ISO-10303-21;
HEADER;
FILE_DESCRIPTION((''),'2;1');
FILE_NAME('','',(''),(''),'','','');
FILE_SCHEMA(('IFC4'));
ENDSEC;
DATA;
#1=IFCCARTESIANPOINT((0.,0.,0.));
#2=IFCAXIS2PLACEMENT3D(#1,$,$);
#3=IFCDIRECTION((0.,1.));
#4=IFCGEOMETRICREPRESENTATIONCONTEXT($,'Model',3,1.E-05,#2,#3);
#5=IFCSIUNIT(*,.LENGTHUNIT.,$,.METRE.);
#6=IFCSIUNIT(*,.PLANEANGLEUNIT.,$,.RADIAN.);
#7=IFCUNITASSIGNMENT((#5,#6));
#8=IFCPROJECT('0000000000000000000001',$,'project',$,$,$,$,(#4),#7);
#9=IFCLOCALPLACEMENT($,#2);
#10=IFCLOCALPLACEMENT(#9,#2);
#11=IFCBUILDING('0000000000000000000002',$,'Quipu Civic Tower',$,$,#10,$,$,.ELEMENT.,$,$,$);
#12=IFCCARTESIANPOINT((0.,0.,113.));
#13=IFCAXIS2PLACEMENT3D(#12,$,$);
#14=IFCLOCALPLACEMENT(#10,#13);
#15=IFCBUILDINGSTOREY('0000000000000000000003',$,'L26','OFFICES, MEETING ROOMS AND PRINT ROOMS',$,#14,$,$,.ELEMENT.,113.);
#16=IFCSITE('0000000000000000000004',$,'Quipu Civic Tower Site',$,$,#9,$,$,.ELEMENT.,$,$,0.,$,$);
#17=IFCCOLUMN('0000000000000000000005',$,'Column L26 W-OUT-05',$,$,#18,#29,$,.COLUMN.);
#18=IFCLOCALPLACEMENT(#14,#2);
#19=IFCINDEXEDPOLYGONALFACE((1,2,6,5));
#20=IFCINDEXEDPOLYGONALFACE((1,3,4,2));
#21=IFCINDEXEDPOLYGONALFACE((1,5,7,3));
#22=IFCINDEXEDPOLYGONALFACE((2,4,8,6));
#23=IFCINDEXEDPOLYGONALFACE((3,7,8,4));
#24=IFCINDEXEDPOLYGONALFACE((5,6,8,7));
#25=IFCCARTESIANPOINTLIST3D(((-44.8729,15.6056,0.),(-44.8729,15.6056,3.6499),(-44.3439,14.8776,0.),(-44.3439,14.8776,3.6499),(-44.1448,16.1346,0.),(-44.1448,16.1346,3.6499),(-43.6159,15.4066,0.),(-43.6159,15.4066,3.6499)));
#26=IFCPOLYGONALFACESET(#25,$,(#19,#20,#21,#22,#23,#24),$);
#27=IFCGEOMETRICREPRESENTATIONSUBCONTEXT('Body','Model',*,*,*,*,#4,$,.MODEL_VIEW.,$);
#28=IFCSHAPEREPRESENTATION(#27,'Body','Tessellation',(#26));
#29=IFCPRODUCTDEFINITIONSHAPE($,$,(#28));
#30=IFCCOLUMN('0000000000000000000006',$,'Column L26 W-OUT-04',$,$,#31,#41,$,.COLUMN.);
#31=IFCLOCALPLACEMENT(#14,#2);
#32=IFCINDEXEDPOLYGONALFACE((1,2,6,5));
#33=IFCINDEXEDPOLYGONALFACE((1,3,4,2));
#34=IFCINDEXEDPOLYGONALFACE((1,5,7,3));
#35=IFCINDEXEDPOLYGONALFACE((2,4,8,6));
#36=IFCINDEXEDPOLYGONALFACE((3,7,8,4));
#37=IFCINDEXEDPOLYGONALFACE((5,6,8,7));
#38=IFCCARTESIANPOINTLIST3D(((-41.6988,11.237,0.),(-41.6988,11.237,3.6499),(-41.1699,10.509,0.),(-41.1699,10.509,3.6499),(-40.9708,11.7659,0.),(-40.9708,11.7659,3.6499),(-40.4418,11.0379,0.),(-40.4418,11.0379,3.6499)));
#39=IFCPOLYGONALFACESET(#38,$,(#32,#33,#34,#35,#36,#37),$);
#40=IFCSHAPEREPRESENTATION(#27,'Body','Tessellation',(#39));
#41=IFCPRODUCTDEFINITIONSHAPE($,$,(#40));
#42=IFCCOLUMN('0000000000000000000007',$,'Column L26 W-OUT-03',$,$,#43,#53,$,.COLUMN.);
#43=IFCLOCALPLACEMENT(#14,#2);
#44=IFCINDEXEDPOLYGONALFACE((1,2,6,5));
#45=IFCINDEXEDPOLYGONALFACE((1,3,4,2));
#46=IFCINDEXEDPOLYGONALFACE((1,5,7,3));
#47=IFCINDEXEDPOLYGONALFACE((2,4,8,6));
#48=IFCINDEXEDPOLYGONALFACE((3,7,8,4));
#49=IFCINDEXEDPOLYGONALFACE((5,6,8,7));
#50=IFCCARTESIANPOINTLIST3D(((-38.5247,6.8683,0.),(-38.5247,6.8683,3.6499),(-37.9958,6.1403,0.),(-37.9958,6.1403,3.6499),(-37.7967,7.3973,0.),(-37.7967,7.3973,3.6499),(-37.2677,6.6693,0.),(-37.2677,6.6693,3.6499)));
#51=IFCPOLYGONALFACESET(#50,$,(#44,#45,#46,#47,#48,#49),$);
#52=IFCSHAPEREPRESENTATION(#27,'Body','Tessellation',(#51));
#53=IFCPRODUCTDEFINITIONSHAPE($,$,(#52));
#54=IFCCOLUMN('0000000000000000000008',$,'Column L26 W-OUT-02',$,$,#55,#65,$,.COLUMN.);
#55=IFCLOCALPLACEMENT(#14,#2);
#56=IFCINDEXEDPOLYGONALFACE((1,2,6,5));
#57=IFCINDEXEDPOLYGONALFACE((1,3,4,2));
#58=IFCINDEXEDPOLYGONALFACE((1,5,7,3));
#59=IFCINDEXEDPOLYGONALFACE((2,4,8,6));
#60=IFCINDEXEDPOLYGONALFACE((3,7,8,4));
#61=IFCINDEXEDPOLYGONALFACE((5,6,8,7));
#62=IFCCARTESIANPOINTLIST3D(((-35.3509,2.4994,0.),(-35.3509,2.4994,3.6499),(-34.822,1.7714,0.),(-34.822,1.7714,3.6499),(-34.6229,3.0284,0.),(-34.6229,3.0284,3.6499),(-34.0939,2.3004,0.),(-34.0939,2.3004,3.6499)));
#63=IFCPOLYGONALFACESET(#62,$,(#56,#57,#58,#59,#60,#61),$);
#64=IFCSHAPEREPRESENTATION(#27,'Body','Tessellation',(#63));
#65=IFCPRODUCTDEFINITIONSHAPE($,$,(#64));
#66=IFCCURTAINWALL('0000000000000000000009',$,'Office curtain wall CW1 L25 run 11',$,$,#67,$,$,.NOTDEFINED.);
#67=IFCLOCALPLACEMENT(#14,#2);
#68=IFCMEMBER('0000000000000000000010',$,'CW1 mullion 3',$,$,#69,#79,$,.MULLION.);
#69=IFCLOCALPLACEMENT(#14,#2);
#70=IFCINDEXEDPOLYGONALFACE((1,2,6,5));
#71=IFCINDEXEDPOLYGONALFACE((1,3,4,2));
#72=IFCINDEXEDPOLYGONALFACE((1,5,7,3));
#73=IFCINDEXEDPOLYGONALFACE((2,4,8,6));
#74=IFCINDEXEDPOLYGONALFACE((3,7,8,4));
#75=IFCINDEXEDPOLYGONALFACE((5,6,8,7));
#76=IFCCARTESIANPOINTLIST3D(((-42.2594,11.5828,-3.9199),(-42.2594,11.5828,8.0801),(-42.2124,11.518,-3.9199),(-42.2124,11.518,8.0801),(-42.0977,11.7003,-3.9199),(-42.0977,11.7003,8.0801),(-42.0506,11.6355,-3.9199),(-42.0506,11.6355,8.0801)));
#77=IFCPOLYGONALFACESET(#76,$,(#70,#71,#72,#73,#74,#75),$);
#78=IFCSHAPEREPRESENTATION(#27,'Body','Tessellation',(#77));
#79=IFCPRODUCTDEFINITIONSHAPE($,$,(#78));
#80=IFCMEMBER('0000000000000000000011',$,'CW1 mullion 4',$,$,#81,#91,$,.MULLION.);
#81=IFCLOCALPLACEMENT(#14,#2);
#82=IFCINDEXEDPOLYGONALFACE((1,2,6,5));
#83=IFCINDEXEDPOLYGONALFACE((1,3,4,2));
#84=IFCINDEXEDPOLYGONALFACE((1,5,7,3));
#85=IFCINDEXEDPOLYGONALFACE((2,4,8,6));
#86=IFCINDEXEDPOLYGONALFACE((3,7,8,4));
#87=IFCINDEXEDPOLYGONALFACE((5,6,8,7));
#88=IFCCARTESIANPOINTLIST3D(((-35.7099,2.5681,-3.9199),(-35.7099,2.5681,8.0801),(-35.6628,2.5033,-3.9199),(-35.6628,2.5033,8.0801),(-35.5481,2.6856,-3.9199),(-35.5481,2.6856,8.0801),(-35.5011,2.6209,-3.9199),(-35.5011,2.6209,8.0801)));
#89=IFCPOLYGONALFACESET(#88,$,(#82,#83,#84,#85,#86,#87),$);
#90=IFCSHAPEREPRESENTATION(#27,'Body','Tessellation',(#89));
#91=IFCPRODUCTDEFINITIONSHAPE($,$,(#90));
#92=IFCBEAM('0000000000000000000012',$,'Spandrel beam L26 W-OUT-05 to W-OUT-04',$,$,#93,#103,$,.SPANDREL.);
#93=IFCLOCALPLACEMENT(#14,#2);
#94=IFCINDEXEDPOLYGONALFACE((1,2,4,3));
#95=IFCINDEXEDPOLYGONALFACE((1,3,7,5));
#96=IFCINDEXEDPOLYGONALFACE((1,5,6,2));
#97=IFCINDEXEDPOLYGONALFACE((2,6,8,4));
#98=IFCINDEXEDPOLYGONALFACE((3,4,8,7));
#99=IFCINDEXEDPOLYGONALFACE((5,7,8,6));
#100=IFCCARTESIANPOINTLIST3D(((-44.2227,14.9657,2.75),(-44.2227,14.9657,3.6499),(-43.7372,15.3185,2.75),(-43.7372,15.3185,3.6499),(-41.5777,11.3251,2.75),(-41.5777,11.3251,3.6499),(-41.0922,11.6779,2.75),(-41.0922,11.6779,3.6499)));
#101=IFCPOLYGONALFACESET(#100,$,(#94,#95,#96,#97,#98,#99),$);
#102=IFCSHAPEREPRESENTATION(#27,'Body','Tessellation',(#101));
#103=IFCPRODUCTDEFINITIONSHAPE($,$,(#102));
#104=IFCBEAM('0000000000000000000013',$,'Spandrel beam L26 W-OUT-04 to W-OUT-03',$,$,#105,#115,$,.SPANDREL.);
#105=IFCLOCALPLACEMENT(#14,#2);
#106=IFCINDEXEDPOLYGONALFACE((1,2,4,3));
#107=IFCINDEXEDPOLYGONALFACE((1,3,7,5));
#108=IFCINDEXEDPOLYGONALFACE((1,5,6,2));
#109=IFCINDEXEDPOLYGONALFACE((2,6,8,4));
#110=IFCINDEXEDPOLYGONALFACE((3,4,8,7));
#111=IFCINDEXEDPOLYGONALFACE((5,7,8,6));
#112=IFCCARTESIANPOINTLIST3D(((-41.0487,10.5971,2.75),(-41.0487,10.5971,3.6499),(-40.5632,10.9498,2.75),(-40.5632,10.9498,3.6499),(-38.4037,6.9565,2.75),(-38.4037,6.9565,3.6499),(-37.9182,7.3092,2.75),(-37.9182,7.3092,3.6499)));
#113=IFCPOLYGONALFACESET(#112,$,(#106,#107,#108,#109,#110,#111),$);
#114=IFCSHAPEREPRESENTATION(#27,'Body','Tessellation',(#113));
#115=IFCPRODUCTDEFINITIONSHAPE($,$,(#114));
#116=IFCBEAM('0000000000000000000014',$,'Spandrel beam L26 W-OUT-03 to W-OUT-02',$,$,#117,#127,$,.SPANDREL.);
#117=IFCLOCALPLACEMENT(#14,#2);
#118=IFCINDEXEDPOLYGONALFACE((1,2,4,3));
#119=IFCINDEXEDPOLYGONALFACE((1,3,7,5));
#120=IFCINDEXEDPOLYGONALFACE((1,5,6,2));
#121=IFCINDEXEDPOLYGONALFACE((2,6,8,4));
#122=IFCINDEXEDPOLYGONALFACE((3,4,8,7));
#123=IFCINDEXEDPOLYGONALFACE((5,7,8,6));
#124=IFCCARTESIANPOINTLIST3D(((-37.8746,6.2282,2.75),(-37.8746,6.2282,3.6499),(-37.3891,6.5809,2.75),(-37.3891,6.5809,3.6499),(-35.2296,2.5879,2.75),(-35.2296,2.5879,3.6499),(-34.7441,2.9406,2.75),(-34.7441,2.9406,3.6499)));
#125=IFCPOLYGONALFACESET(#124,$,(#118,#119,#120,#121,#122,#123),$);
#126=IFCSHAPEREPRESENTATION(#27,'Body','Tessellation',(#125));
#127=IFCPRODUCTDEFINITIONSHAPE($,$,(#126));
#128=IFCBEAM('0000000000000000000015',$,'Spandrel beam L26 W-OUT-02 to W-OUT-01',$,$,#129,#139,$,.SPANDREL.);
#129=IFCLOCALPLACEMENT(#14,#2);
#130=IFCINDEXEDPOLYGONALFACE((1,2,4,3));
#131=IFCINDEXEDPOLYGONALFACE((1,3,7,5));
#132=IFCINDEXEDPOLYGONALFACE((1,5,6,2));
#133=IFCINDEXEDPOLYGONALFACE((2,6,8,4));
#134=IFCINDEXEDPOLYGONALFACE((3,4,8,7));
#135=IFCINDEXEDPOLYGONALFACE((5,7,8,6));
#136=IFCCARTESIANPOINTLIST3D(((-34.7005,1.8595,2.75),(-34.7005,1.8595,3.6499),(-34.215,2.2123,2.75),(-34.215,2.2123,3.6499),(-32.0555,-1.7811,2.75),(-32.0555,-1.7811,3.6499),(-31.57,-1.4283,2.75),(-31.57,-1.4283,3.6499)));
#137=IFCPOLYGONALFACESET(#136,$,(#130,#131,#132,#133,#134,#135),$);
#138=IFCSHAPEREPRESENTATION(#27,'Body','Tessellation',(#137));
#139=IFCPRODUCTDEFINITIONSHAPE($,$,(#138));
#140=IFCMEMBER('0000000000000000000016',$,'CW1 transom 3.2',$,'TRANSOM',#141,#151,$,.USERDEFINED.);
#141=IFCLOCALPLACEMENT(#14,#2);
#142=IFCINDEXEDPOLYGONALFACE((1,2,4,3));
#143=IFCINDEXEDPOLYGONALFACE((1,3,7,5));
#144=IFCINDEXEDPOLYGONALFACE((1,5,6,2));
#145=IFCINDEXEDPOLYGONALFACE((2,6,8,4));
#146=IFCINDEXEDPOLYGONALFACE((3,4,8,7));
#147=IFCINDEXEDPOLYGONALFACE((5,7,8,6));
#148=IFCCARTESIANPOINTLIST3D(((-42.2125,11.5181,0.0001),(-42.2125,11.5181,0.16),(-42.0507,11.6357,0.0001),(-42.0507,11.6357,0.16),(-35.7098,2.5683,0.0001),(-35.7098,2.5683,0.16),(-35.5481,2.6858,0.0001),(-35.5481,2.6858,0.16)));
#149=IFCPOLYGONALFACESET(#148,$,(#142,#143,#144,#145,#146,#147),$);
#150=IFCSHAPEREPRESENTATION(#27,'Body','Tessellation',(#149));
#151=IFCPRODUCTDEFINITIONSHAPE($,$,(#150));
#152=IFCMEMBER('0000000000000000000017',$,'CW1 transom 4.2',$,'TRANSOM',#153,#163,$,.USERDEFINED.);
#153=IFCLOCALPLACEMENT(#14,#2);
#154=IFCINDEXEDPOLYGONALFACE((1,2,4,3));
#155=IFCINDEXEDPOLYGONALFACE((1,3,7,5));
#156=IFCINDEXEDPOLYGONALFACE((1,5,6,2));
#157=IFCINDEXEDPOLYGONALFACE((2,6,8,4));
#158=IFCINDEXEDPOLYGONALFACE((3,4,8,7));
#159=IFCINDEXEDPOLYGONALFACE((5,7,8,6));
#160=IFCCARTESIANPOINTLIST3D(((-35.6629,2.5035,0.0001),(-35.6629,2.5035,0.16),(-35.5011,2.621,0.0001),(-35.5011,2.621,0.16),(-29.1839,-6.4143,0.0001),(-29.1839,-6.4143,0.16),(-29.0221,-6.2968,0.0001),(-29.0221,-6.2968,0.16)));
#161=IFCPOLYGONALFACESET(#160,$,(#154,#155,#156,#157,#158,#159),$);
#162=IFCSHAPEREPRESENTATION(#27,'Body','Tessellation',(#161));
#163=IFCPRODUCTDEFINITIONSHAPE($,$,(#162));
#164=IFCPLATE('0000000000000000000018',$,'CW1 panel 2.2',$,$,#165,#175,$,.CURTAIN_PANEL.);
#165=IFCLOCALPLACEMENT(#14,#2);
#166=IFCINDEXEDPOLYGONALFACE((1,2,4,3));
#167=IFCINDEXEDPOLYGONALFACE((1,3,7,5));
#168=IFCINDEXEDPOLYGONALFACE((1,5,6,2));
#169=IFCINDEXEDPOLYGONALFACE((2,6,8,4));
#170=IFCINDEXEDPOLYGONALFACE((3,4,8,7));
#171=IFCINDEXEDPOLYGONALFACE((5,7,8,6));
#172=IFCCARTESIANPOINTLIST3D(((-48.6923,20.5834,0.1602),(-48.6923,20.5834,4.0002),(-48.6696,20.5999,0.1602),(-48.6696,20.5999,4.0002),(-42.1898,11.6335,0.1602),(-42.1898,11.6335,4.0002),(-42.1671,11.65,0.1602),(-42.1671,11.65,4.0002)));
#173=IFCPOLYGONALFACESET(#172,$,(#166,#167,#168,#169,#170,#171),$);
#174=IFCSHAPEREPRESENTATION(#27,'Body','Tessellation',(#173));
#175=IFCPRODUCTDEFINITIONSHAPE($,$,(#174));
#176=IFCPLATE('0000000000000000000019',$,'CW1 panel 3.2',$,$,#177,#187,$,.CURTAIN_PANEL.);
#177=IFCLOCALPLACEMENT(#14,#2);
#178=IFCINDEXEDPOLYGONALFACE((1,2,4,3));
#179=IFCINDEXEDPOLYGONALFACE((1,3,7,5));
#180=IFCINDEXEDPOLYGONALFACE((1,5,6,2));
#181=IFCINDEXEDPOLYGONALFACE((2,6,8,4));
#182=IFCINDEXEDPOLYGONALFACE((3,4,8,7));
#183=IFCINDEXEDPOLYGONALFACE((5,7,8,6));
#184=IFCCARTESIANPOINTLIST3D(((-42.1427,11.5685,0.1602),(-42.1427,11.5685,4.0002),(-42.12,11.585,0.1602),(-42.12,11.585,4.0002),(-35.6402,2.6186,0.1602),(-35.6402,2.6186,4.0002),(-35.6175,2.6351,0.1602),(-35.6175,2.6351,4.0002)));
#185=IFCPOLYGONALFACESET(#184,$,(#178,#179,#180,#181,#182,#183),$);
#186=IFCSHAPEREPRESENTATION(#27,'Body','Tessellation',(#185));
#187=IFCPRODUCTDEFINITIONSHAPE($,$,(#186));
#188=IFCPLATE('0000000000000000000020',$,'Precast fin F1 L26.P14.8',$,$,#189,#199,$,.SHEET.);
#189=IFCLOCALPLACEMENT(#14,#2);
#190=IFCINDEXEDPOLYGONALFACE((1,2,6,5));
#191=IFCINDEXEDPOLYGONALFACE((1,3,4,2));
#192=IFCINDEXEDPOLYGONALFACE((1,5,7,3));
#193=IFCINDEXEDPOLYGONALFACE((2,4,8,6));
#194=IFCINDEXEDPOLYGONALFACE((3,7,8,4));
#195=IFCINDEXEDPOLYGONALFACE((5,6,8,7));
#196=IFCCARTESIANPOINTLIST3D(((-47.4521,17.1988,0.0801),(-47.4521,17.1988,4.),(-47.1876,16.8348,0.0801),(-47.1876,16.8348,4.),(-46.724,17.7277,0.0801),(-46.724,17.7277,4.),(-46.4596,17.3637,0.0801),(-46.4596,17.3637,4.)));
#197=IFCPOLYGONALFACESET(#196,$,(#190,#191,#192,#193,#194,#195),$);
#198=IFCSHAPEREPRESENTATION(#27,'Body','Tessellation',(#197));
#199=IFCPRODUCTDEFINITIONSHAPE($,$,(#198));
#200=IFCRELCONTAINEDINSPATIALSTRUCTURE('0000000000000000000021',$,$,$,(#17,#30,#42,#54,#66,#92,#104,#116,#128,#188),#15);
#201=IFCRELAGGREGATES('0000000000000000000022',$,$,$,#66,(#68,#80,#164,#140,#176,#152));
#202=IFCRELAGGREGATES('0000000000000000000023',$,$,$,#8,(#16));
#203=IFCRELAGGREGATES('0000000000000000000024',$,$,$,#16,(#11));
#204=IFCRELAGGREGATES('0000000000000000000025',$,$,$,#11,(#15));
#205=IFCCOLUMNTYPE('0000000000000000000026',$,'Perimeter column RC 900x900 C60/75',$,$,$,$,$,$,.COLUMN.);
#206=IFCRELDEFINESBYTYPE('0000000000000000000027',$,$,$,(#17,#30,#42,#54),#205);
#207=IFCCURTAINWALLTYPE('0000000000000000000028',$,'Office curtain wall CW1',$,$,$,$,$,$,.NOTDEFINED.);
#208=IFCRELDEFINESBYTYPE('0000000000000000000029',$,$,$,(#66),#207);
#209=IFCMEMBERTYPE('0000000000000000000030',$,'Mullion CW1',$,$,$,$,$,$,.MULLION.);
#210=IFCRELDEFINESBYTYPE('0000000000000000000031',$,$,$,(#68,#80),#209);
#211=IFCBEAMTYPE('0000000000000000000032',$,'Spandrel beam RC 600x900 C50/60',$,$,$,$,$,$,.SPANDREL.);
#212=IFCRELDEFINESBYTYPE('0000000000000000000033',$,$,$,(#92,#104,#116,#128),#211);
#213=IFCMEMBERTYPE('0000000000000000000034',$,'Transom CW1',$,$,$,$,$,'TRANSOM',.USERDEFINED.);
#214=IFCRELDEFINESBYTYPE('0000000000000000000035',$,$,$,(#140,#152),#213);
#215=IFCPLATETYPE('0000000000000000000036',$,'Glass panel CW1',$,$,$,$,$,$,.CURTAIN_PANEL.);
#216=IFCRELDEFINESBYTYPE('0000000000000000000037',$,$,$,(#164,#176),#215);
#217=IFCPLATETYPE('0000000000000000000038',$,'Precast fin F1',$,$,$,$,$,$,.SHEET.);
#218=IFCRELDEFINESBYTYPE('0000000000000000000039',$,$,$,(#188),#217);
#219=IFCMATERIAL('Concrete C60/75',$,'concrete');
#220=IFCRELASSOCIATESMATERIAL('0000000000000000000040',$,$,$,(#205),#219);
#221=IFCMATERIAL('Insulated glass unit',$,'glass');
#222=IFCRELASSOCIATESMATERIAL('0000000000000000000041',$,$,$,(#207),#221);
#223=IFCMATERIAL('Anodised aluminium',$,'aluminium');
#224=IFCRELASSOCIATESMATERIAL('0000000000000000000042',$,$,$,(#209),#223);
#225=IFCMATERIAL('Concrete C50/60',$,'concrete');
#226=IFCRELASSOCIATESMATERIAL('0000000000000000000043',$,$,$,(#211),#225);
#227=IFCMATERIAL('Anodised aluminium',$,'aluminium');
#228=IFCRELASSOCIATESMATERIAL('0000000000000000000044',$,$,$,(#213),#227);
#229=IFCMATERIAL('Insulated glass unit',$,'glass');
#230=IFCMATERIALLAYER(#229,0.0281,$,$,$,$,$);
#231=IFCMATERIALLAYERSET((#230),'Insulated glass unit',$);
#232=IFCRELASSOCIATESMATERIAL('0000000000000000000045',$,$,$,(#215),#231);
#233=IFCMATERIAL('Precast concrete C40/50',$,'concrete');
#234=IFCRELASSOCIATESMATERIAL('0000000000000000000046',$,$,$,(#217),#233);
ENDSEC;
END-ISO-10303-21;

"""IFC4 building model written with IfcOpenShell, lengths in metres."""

from ifc_helpers import new_model, si_unit, direction, frame, origin, origin_2d, place, context, subcontext, project, spatial, rectangle, extrude, material, layer, layer_set, material_profile, profile_set, type_object, element, aggregate, save


model = new_model("IFC4")

# Units and contexts
model_context = context("Model", 3, precision=1e-05, world=origin(), true_north=direction((0.0, 1.0)))
body_context = subcontext(model_context, "Body", "Model", "MODEL_VIEW")
ifc_project = project(units=[si_unit("LENGTHUNIT", "METRE"), si_unit("PLANEANGLEUNIT", "RADIAN")], contexts=[model_context])

# Site, building, storey
site_placement = place(None, origin())
site = spatial("IfcSite", under=ifc_project, at=site_placement, Name="Quipu Civic Tower Site", CompositionType="ELEMENT", RefElevation=0.0)
building_placement = place(site_placement, origin())
building = spatial("IfcBuilding", under=site, at=building_placement, Name="Quipu Civic Tower", CompositionType="ELEMENT")
storey_placement = place(building_placement, frame((0.0, 0.0, 113.0)))
storey = spatial("IfcBuildingStorey", under=building, at=storey_placement, Name="L26", Description="OFFICES, MEETING ROOMS AND PRINT ROOMS", CompositionType="ELEMENT", Elevation=113.0)

# Columns
ifc_material_1 = material(Name="Concrete C60/75", Category="concrete")
ifc_material_profile_1 = material_profile(ifc_material_1, rectangle(XDim=0.8999, YDim=0.8999, at=origin_2d()), Name="RC900x900")
ifc_profile_set_1 = profile_set([ifc_material_profile_1], Name="Concrete C60/75")
column_type = type_object("IfcColumnType", Name="Perimeter column RC 900x900 C60/75", PredefinedType="COLUMN", material=ifc_profile_set_1)
for number, where, z_axis, x_axis, name in (
    (1, (-44.2444, 15.5061, 0.0), (0.0, 0.0, 1.0), (0.587785, -0.809017, 0.0), "Column L26 W-OUT-05"),
    (2, (-41.0703, 11.1375, 0.0), (0.0, 0.0, 1.0), (0.587785, -0.809017, 0.0), "Column L26 W-OUT-04"),
    (3, (-37.8962, 6.7688, 0.0), (0.0, 0.0, 1.0), (0.587785, -0.809017, 0.0), "Column L26 W-OUT-03"),
    (4, (-34.7224, 2.3999, 0.0), (0.0, 0.0, 1.0), (0.587785, -0.809017, 0.0), "Column L26 W-OUT-02"),
):
    element("IfcColumn", number, at=place(storey_placement, frame(where, z_axis=z_axis, x_axis=x_axis)), inside=storey, type_object=column_type, Name=name, PredefinedType="COLUMN", context=body_context, shape_type="SweptSolid", body=[
        extrude(rectangle(XDim=0.8999, YDim=0.8999, at=origin_2d()), origin(), (0.0, 0.0, 1.0), 3.6499),
    ])

# Curtain wall, members
ifc_material_2 = material(Name="Insulated glass unit", Category="glass")
curtain_wall_type = type_object("IfcCurtainWallType", Name="Office curtain wall CW1", PredefinedType="NOTDEFINED", material=ifc_material_2)
curtain_wall_placement = place(storey_placement, origin())
curtain_wall = element("IfcCurtainWall", 5, at=curtain_wall_placement, inside=storey, type_object=curtain_wall_type, Name="Office curtain wall CW1 L25 run 11", PredefinedType="NOTDEFINED")
ifc_material_3 = material(Name="Anodised aluminium", Category="aluminium")
ifc_material_profile_2 = material_profile(ifc_material_3, rectangle(XDim=0.2, YDim=0.0801, at=origin_2d()), Name="RECT 200x80")
ifc_profile_set_2 = profile_set([ifc_material_profile_2], Name="Anodised aluminium")
member_type_1 = type_object("IfcMemberType", Name="Mullion CW1", PredefinedType="MULLION", material=ifc_profile_set_2)
member_1_placement = place(storey_placement, frame((-42.155, 11.6091, -3.9199), z_axis=(0.0, 0.0, 1.0), x_axis=(0.809017, 0.587786, 0.0)))
member_1 = element("IfcMember", 6, at=member_1_placement, type_object=member_type_1, Name="CW1 mullion 3", PredefinedType="MULLION", context=body_context, shape_type="SweptSolid", body=[
    extrude(rectangle(XDim=0.2, YDim=0.0801, at=origin_2d()), origin(), (0.0, 0.0, 1.0), 12.0),
])
member_2_placement = place(storey_placement, frame((-35.6055, 2.5945, -3.9199), z_axis=(0.0, 0.0, 1.0), x_axis=(0.809017, 0.587786, 0.0)))
member_2 = element("IfcMember", 7, at=member_2_placement, type_object=member_type_1, Name="CW1 mullion 4", PredefinedType="MULLION", context=body_context, shape_type="SweptSolid", body=[
    extrude(rectangle(XDim=0.2, YDim=0.0801, at=origin_2d()), origin(), (0.0, 0.0, 1.0), 12.0),
])

# Beams
ifc_material_4 = material(Name="Concrete C50/60", Category="concrete")
ifc_material_profile_3 = material_profile(ifc_material_4, rectangle(XDim=0.6001, YDim=0.8999, at=origin_2d()), Name="RC600x900")
ifc_profile_set_3 = profile_set([ifc_material_profile_3], Name="Concrete C50/60")
beam_type = type_object("IfcBeamType", Name="Spandrel beam RC 600x900 C50/60", PredefinedType="SPANDREL", material=ifc_profile_set_3)
for number, where, z_axis, x_axis, name in (
    (8, (-43.98, 15.1421, 3.2), (0.587778, -0.809022, 0.0), (0.809022, 0.587778, 0.0), "Spandrel beam L26 W-OUT-05 to W-OUT-04"),
    (9, (-40.8059, 10.7734, 3.2), (0.587778, -0.809022, 0.0), (0.809022, 0.587778, 0.0), "Spandrel beam L26 W-OUT-04 to W-OUT-03"),
):
    element("IfcBeam", number, at=place(storey_placement, frame(where, z_axis=z_axis, x_axis=x_axis)), inside=storey, type_object=beam_type, Name=name, PredefinedType="SPANDREL", context=body_context, shape_type="SweptSolid", body=[
        extrude(rectangle(XDim=0.6001, YDim=0.8999, at=origin_2d()), origin(), (0.0, 0.0, 1.0), 4.5),
    ])
beam_1_placement = place(storey_placement, frame((-37.6318, 6.4045, 3.2), z_axis=(0.587804, -0.809003, 0.0), x_axis=(0.809003, 0.587804, 0.0)))
element("IfcBeam", 10, at=beam_1_placement, inside=storey, type_object=beam_type, Name="Spandrel beam L26 W-OUT-03 to W-OUT-02", PredefinedType="SPANDREL", context=body_context, shape_type="SweptSolid", body=[
    extrude(rectangle(XDim=0.6001, YDim=0.8999, at=origin_2d()), origin(), (0.0, 0.0, 1.0), 4.4998),
])
beam_2_placement = place(storey_placement, frame((-34.4578, 2.0359, 3.2), z_axis=(0.587778, -0.809022, 0.0), x_axis=(0.809022, 0.587778, 0.0)))
element("IfcBeam", 11, at=beam_2_placement, inside=storey, type_object=beam_type, Name="Spandrel beam L26 W-OUT-02 to W-OUT-01", PredefinedType="SPANDREL", context=body_context, shape_type="SweptSolid", body=[
    extrude(rectangle(XDim=0.6001, YDim=0.8999, at=origin_2d()), origin(), (0.0, 0.0, 1.0), 4.5),
])

# Members
ifc_material_5 = material(Name="Anodised aluminium", Category="aluminium")
ifc_material_profile_4 = material_profile(ifc_material_5, rectangle(XDim=0.2, YDim=0.1599, at=origin_2d()), Name="RECT 200x160")
ifc_profile_set_4 = profile_set([ifc_material_profile_4], Name="Anodised aluminium")
member_type_2 = type_object("IfcMemberType", Name="Transom CW1", ElementType="TRANSOM", PredefinedType="USERDEFINED", material=ifc_profile_set_4)
member_3_placement = place(storey_placement, frame((-42.1316, 11.5769, 0.0801), z_axis=(0.587795, -0.80901, 0.0), x_axis=(0.80901, 0.587795, 0.0)))
member_3 = element("IfcMember", 12, at=member_3_placement, type_object=member_type_2, Name="CW1 transom 3.2", ObjectType="TRANSOM", PredefinedType="USERDEFINED", context=body_context, shape_type="SweptSolid", body=[
    extrude(rectangle(XDim=0.2, YDim=0.1599, at=origin_2d()), origin(), (0.0, 0.0, 1.0), 11.0627),
])
member_4_placement = place(storey_placement, frame((-35.582, 2.5623, 0.0801), z_axis=(0.587779, -0.809021, 0.0), x_axis=(0.809021, 0.587779, 0.0)))
member_4 = element("IfcMember", 13, at=member_4_placement, type_object=member_type_2, Name="CW1 transom 4.2", ObjectType="TRANSOM", PredefinedType="USERDEFINED", context=body_context, shape_type="SweptSolid", body=[
    extrude(rectangle(XDim=0.2, YDim=0.1599, at=origin_2d()), origin(), (0.0, 0.0, 1.0), 11.0229),
])

# Plates
ifc_material_6 = material(Name="Insulated glass unit", Category="glass")
ifc_layer = layer(ifc_material_6, 0.0281)
ifc_layer_set = layer_set([ifc_layer], Name="Insulated glass unit")
plate_type_1 = type_object("IfcPlateType", Name="Glass panel CW1", PredefinedType="CURTAIN_PANEL", material=ifc_layer_set)
plate_1_placement = place(storey_placement, frame((-45.4297, 16.1167, 0.1602), z_axis=(0.0, 0.0, 1.0), x_axis=(0.587786, -0.809017, 0.0)))
plate_1 = element("IfcPlate", 14, at=plate_1_placement, type_object=plate_type_1, Name="CW1 panel 2.2", PredefinedType="CURTAIN_PANEL", context=body_context, shape_type="SweptSolid", body=[
    extrude(rectangle(XDim=11.0627, YDim=0.0281, at=origin_2d()), origin(), (0.0, 0.0, 1.0), 3.8401),
])
plate_2_placement = place(storey_placement, frame((-38.8801, 7.1018, 0.1602), z_axis=(0.0, 0.0, 1.0), x_axis=(0.587786, -0.809017, 0.0)))
plate_2 = element("IfcPlate", 15, at=plate_2_placement, type_object=plate_type_1, Name="CW1 panel 3.2", PredefinedType="CURTAIN_PANEL", context=body_context, shape_type="SweptSolid", body=[
    extrude(rectangle(XDim=11.0627, YDim=0.0281, at=origin_2d()), origin(), (0.0, 0.0, 1.0), 3.8401),
])
aggregate(curtain_wall, [member_1, member_2, plate_1, member_3, plate_2, member_4])

# Plate
ifc_material_7 = material(Name="Precast concrete C40/50", Category="concrete")
plate_type_2 = type_object("IfcPlateType", Name="Precast fin F1", PredefinedType="SHEET", material=ifc_material_7)
for number, where, z_axis, x_axis, name in (
    (16, (-46.9558, 17.2812, 0.0801), (0.0, 0.0, 1.0), (0.587786, -0.809017, 0.0), "Precast fin F1 L26.P14.8"),
):
    element("IfcPlate", number, at=place(storey_placement, frame(where, z_axis=z_axis, x_axis=x_axis)), inside=storey, type_object=plate_type_2, Name=name, PredefinedType="SHEET", context=body_context, shape_type="SweptSolid", body=[
        extrude(rectangle(XDim=0.45, YDim=0.8999, at=origin_2d()), origin(), (0.0, 0.0, 1.0), 3.9199),
    ])

save(model, "model.ifc")
